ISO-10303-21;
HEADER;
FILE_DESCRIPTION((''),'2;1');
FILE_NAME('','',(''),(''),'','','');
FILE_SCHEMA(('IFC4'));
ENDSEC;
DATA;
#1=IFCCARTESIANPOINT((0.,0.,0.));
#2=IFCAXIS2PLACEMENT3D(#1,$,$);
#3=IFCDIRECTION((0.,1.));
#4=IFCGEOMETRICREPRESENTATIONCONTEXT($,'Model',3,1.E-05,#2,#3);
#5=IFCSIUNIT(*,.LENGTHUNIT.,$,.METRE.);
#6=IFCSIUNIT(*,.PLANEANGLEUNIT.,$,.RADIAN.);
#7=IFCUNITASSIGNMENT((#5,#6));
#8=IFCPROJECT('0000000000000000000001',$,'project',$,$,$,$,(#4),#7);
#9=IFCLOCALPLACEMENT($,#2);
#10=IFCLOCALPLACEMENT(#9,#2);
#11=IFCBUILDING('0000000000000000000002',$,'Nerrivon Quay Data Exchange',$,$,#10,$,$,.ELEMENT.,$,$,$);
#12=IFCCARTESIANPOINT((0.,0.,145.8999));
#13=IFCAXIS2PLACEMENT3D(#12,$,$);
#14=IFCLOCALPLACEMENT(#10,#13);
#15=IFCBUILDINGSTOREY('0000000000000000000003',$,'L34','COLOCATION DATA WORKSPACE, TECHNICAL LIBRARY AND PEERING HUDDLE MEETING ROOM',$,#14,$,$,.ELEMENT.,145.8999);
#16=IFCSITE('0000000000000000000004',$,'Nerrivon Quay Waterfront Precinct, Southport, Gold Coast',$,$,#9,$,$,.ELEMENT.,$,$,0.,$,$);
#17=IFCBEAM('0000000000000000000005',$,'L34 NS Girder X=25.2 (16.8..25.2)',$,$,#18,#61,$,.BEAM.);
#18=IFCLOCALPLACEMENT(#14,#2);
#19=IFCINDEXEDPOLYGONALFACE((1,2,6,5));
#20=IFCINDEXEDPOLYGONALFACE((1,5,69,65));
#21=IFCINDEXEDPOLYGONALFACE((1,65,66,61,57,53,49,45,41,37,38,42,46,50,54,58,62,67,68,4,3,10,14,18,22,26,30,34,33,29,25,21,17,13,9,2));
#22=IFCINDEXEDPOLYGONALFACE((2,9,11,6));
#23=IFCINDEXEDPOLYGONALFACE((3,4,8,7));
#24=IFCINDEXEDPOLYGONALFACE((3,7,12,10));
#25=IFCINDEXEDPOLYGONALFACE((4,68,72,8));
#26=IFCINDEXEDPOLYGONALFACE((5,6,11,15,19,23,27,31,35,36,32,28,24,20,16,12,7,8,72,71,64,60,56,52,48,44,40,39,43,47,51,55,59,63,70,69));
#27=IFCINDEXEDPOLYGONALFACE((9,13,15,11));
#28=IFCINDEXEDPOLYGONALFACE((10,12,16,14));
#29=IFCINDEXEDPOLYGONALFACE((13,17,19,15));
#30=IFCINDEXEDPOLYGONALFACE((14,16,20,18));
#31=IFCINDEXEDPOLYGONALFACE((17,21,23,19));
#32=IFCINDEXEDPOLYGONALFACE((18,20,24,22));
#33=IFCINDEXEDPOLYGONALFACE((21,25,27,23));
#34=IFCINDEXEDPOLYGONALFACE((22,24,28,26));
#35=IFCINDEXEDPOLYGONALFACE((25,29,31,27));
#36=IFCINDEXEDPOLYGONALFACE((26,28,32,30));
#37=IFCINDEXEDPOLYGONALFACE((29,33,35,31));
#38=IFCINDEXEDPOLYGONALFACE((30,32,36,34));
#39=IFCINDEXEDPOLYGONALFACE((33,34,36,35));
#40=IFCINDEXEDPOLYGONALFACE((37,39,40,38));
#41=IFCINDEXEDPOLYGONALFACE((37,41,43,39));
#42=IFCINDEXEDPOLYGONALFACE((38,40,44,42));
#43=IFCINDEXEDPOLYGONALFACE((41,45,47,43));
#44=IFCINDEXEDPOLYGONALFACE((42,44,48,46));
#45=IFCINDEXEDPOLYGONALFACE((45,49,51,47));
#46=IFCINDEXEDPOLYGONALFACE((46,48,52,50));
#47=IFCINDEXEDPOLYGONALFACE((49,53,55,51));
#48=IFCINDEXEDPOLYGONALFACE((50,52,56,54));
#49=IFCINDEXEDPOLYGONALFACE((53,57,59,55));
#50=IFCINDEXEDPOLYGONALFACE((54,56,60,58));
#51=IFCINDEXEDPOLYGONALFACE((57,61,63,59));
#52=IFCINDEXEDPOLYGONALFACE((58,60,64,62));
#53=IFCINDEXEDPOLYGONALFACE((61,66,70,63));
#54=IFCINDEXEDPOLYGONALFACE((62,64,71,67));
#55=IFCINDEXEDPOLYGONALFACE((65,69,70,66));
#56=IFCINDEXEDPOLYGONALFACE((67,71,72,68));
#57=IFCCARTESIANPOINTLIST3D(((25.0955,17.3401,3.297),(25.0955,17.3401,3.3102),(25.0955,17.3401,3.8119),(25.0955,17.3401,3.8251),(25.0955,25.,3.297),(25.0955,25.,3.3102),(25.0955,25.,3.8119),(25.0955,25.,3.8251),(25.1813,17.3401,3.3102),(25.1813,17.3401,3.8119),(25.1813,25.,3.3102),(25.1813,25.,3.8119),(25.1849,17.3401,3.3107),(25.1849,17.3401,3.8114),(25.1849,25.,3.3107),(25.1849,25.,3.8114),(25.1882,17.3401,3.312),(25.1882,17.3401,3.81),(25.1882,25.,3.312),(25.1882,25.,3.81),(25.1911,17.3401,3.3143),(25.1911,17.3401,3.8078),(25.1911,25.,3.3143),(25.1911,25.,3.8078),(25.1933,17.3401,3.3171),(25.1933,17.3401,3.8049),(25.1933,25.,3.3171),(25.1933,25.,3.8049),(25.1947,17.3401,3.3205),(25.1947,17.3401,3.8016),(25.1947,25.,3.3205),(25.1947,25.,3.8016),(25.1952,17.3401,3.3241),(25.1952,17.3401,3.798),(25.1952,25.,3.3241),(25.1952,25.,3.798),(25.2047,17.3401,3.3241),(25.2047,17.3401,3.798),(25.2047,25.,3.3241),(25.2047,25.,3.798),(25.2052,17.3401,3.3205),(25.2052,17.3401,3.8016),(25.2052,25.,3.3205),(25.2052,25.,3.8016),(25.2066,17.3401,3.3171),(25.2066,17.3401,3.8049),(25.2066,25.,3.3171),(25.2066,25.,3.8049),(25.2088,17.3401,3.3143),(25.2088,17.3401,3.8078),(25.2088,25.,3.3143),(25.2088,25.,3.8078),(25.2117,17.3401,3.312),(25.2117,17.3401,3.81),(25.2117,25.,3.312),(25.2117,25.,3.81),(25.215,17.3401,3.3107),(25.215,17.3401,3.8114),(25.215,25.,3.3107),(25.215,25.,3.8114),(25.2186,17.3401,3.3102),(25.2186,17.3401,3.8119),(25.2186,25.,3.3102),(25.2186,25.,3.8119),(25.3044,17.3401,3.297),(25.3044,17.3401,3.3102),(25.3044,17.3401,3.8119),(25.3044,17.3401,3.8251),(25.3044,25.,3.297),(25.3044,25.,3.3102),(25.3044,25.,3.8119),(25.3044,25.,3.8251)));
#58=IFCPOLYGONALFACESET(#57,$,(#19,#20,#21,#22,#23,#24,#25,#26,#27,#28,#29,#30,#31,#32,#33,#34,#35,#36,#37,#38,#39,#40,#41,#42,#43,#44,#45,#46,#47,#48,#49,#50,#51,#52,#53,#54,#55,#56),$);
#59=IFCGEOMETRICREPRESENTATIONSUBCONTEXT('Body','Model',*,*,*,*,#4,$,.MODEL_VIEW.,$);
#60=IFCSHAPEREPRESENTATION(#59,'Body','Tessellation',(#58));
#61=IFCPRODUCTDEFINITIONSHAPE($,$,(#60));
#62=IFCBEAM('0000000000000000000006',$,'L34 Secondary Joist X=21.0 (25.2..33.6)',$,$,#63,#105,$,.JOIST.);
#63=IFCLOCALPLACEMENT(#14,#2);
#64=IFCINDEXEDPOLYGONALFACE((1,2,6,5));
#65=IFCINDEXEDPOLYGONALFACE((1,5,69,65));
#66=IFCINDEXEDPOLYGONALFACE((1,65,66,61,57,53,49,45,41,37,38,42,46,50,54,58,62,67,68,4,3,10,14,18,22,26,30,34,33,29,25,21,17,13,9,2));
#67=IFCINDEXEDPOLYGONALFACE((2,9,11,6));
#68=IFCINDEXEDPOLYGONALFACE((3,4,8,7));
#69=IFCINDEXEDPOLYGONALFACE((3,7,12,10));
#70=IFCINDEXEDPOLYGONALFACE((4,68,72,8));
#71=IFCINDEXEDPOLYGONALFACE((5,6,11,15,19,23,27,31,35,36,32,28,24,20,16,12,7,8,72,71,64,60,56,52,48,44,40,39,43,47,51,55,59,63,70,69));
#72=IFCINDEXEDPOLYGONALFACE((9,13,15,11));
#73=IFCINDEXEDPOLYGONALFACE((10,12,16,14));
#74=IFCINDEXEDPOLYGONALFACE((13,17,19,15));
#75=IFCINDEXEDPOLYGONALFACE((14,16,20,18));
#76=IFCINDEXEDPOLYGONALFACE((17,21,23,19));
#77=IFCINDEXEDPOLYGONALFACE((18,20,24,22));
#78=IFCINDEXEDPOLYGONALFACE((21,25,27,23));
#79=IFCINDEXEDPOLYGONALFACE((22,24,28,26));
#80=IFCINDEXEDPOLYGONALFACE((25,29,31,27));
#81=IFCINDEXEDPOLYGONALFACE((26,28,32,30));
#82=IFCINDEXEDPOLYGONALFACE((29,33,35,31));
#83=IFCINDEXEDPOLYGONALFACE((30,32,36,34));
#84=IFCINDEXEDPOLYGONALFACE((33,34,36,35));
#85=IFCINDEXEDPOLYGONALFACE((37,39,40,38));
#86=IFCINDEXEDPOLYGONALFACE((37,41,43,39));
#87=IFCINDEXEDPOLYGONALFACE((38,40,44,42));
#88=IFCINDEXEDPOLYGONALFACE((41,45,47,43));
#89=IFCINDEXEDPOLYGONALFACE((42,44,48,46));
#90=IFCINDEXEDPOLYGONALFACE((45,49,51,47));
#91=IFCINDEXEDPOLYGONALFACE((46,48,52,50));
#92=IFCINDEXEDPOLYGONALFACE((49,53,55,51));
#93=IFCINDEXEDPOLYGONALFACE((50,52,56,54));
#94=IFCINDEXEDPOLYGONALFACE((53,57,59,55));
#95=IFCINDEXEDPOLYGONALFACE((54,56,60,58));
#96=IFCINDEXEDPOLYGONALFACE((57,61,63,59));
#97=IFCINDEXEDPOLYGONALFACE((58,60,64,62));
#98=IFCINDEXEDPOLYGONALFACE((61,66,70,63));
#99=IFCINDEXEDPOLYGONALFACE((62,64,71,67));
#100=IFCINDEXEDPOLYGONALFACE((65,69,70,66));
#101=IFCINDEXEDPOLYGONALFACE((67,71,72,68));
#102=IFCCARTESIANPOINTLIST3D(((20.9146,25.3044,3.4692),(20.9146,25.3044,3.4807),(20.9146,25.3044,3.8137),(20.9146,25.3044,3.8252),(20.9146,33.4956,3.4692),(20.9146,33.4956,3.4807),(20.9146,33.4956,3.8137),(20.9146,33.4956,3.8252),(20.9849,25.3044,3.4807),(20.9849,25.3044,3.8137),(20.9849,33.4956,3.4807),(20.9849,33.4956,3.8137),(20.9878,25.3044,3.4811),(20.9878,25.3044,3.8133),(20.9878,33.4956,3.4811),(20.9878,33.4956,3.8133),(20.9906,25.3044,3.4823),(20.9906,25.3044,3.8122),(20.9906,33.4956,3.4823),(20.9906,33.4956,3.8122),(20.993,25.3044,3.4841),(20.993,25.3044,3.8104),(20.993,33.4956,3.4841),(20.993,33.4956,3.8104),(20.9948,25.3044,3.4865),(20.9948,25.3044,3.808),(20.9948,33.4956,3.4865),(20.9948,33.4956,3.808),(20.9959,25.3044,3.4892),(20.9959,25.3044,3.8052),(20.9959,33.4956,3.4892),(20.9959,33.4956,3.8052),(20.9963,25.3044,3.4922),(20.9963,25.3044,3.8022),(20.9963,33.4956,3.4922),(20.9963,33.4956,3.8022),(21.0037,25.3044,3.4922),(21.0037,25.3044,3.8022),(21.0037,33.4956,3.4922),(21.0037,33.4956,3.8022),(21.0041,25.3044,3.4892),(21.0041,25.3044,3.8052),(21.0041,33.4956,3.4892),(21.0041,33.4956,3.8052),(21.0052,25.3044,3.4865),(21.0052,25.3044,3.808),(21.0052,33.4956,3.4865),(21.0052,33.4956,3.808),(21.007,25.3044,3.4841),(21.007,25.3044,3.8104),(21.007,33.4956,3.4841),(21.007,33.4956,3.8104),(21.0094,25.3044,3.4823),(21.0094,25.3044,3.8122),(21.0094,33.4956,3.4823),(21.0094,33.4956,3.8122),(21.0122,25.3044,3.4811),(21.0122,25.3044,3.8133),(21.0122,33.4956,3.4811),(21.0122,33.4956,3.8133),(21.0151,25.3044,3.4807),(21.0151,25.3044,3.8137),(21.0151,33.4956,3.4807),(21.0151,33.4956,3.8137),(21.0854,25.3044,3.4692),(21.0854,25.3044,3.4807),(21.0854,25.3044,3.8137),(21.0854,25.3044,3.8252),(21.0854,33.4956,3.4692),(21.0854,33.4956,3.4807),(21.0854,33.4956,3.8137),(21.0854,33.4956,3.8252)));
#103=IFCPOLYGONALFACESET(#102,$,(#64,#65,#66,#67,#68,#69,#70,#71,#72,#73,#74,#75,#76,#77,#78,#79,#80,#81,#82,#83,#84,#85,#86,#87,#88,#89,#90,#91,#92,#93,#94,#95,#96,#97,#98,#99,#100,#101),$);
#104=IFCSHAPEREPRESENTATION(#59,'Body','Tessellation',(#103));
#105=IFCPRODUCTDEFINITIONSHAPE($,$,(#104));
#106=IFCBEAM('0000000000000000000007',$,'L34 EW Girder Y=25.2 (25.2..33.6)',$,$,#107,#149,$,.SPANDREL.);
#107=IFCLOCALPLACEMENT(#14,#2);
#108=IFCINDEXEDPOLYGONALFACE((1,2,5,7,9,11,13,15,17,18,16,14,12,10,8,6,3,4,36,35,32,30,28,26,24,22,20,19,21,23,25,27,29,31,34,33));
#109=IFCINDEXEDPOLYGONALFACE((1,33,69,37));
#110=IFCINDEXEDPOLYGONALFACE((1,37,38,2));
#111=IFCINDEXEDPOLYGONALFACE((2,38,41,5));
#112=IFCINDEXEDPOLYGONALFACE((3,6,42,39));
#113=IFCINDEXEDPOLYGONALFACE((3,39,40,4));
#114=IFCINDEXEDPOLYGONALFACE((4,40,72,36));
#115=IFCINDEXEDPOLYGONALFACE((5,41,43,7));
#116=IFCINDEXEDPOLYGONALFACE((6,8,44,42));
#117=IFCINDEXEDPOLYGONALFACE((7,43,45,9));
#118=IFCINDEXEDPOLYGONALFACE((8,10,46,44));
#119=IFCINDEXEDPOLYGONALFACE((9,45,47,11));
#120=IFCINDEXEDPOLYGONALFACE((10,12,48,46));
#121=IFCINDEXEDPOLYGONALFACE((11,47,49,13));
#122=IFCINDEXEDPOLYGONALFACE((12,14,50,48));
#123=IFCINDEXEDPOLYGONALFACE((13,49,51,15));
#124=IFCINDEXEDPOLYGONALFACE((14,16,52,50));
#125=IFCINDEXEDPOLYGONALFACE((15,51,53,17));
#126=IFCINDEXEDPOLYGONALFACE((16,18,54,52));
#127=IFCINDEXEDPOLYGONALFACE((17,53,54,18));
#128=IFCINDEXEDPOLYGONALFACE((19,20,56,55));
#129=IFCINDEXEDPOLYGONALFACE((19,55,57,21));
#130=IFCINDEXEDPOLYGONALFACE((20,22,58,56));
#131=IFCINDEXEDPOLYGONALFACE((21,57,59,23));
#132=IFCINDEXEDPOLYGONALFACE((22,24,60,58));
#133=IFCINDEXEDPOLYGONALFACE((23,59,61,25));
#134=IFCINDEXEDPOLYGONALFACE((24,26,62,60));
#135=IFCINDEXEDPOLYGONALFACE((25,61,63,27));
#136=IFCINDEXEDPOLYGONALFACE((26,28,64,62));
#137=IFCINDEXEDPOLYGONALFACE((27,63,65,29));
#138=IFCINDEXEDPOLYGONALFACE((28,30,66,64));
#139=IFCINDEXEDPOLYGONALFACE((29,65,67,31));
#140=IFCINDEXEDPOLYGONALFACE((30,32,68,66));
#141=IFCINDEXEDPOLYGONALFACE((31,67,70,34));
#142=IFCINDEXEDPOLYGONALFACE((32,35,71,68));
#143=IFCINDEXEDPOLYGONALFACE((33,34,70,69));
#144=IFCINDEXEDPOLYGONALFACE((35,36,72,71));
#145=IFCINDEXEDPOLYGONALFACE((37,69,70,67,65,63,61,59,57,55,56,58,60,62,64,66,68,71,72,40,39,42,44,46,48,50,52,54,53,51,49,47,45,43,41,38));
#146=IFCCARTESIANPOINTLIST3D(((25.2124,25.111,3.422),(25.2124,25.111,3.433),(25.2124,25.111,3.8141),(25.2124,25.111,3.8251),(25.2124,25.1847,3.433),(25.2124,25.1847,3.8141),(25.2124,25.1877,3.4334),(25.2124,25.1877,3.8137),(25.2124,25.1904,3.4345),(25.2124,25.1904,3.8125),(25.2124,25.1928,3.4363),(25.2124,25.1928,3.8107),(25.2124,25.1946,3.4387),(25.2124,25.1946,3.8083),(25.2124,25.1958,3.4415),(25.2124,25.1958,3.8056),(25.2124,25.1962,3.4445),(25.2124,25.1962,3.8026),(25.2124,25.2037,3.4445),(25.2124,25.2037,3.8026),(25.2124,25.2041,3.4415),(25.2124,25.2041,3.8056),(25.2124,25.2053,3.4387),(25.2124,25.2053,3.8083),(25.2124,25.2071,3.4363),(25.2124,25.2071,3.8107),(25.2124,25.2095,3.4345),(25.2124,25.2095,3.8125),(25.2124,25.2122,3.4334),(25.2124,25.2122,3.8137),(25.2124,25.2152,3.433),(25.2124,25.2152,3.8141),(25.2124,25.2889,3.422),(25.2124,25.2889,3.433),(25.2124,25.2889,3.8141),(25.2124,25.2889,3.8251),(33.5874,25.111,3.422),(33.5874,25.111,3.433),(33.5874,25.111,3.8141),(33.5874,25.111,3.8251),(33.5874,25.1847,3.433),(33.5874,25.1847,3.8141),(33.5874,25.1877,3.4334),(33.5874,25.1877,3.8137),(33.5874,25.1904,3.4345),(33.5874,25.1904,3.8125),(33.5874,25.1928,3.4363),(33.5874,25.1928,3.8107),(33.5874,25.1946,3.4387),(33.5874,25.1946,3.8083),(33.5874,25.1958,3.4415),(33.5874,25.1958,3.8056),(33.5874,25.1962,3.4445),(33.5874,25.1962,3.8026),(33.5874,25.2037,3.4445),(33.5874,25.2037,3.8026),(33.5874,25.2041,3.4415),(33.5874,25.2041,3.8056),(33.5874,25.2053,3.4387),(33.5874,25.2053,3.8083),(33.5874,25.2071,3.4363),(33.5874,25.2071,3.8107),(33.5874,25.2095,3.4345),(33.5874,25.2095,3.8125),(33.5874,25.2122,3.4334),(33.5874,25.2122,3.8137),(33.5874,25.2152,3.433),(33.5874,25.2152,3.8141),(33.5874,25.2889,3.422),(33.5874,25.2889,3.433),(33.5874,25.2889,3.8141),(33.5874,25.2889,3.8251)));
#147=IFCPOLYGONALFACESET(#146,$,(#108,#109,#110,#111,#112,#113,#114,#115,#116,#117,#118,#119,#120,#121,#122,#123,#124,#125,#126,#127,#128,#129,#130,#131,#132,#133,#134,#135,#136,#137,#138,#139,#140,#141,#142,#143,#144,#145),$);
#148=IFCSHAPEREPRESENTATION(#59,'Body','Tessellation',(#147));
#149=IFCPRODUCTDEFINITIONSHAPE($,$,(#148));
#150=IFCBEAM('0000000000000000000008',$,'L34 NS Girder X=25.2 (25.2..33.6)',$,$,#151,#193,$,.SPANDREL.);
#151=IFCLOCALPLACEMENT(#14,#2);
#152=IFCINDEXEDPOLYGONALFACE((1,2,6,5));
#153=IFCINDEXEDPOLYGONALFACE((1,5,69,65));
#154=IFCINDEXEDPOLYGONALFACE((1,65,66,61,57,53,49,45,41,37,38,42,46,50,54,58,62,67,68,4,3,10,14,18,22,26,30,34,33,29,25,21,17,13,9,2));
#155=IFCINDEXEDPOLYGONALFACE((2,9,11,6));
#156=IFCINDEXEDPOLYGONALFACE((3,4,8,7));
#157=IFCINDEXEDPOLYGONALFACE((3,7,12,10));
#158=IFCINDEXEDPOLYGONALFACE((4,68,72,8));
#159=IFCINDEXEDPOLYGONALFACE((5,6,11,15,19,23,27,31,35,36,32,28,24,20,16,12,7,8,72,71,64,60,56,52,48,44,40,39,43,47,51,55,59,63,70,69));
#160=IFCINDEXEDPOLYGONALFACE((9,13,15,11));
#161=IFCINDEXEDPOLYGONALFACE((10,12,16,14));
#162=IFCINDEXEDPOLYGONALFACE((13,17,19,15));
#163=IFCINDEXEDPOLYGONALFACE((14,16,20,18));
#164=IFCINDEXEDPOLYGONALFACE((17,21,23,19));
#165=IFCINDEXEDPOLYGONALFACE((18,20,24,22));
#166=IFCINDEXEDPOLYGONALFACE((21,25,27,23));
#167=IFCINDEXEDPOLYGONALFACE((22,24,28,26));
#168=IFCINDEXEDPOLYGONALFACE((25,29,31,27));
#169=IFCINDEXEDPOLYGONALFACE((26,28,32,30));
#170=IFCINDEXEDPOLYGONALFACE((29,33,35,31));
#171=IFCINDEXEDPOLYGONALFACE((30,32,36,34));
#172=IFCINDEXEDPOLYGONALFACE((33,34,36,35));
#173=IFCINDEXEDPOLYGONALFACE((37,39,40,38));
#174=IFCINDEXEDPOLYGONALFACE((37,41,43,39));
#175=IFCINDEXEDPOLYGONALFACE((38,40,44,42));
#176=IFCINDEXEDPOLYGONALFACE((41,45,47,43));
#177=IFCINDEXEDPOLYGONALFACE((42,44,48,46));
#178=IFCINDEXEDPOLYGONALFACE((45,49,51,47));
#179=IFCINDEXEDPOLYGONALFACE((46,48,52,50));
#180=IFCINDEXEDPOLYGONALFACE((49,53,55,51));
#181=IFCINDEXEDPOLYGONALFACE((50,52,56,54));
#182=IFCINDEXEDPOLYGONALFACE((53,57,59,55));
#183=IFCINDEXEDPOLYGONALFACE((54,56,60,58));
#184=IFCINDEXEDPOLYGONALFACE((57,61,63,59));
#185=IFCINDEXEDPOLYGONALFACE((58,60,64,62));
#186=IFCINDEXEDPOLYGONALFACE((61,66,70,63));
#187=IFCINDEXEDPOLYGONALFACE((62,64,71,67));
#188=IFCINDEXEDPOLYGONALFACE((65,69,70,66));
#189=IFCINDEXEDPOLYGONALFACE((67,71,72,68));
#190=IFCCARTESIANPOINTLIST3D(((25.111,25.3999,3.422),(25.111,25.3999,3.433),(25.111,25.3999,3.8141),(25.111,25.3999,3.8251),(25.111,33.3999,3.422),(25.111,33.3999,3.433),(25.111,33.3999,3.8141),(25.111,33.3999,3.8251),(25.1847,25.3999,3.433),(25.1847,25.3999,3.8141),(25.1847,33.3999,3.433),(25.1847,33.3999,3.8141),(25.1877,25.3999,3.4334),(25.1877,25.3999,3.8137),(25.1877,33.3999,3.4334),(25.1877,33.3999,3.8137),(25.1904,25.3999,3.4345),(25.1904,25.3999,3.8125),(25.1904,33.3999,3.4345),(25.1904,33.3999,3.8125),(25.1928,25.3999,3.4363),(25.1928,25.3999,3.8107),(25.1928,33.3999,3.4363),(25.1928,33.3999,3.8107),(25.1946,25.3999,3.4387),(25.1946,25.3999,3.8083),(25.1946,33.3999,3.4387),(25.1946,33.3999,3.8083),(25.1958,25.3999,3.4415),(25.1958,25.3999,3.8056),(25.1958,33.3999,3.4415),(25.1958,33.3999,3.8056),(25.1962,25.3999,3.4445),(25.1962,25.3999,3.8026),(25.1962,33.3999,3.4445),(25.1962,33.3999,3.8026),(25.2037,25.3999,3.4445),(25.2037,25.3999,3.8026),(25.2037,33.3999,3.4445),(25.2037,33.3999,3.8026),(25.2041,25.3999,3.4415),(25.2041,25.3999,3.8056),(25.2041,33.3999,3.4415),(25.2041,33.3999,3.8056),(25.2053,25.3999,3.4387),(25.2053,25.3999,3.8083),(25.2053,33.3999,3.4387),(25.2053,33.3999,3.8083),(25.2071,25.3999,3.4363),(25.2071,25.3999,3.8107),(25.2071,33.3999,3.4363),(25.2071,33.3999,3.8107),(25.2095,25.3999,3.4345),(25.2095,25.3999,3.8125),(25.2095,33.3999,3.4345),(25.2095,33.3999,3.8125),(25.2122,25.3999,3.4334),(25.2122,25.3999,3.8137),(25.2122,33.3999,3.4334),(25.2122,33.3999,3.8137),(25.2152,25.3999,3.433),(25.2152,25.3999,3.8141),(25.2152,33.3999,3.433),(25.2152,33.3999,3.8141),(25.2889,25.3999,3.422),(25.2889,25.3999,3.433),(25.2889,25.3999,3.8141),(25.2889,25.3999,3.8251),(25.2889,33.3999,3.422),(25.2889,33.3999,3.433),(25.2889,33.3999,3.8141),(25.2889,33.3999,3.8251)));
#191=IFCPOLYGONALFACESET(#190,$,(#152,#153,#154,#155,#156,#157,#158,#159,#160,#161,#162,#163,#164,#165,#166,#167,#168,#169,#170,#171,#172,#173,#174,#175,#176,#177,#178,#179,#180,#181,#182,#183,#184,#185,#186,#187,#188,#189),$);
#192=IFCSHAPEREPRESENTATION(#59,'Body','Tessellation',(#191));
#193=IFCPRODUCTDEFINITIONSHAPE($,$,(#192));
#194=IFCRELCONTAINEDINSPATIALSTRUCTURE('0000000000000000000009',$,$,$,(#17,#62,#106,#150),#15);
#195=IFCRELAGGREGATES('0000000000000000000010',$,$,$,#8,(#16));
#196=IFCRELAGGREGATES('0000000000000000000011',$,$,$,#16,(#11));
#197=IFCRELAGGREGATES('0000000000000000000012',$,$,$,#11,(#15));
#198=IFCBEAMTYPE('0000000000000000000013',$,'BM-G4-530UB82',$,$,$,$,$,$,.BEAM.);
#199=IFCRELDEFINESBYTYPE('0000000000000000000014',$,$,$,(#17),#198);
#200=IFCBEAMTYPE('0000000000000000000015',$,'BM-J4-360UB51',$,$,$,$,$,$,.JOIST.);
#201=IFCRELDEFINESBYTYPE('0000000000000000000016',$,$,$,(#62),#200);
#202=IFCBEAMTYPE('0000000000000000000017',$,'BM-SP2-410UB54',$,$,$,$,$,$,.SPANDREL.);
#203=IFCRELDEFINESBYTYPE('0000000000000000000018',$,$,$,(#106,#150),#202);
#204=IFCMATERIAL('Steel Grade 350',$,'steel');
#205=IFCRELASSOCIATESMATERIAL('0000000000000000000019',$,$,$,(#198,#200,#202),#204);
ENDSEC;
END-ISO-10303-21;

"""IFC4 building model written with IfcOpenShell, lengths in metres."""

from ifc_helpers import new_model, si_unit, direction, frame, origin, origin_2d, place, context, subcontext, project, spatial, i_section, extrude, material, material_profile, profile_set, type_object, element, save


model = new_model("IFC4")

# Units and contexts
model_context = context("Model", 3, precision=1e-05, world=origin(), true_north=direction((0.0, 1.0)))
body_context = subcontext(model_context, "Body", "Model", "MODEL_VIEW")
ifc_project = project(units=[si_unit("LENGTHUNIT", "METRE"), si_unit("PLANEANGLEUNIT", "RADIAN")], contexts=[model_context])

# Site, building, storey
site_placement = place(None, origin())
site = spatial("IfcSite", under=ifc_project, at=site_placement, Name="Nerrivon Quay Waterfront Precinct, Southport, Gold Coast", CompositionType="ELEMENT", RefElevation=0.0)
building_placement = place(site_placement, origin())
building = spatial("IfcBuilding", under=site, at=building_placement, Name="Nerrivon Quay Data Exchange", CompositionType="ELEMENT")
storey_placement = place(building_placement, frame((0.0, 0.0, 145.8999)))
storey = spatial("IfcBuildingStorey", under=building, at=storey_placement, Name="L34", Description="COLOCATION DATA WORKSPACE, TECHNICAL LIBRARY AND PEERING HUDDLE MEETING ROOM", CompositionType="ELEMENT", Elevation=145.8999)

# Shared definitions
ifc_material_1 = material(Name="Steel Grade 350", Category="steel")

# Beams
ifc_material_profile_1 = material_profile(ifc_material_1, i_section(OverallWidth=0.209, OverallDepth=0.5281, WebThickness=0.0095, FlangeThickness=0.0132, FilletRadius=0.0139, at=origin_2d()), Name="530UB82.0")
ifc_profile_set_1 = profile_set([ifc_material_profile_1], Name="Steel Grade 350")
beam_type_1 = type_object("IfcBeamType", Name="BM-G4-530UB82", PredefinedType="BEAM", material=ifc_profile_set_1)
beam_1_placement = place(storey_placement, frame((25.2, 17.3401, 3.561), z_axis=(0.0, 1.0, 0.0), x_axis=(-1.0, 0.0, 0.0)))
element("IfcBeam", 1, at=beam_1_placement, inside=storey, type_object=beam_type_1, Name="L34 NS Girder X=25.2 (16.8..25.2)", PredefinedType="BEAM", context=body_context, shape_type="SweptSolid", body=[
    extrude(i_section(OverallWidth=0.209, OverallDepth=0.5281, WebThickness=0.0095, FlangeThickness=0.0132, FilletRadius=0.0139, at=origin_2d()), origin(), (0.0, 0.0, 1.0), 7.6599),
])
ifc_material_profile_2 = material_profile(ifc_material_1, i_section(OverallWidth=0.1709, OverallDepth=0.356, WebThickness=0.0073, FlangeThickness=0.0115, FilletRadius=0.0115, at=origin_2d()), Name="360UB50.7")
ifc_profile_set_2 = profile_set([ifc_material_profile_2], Name="Steel Grade 350")
beam_type_2 = type_object("IfcBeamType", Name="BM-J4-360UB51", PredefinedType="JOIST", material=ifc_profile_set_2)
beam_2_placement = place(storey_placement, frame((21.0, 25.3044, 3.6472), z_axis=(0.0, 1.0, 0.0), x_axis=(-1.0, 0.0, 0.0)))
element("IfcBeam", 2, at=beam_2_placement, inside=storey, type_object=beam_type_2, Name="L34 Secondary Joist X=21.0 (25.2..33.6)", PredefinedType="JOIST", context=body_context, shape_type="SweptSolid", body=[
    extrude(i_section(OverallWidth=0.1709, OverallDepth=0.356, WebThickness=0.0073, FlangeThickness=0.0115, FilletRadius=0.0115, at=origin_2d()), origin(), (0.0, 0.0, 1.0), 8.1912),
])
ifc_material_profile_3 = material_profile(ifc_material_1, i_section(OverallWidth=0.178, OverallDepth=0.4031, WebThickness=0.0076, FlangeThickness=0.011, FilletRadius=0.0115, at=origin_2d()), Name="410UB53.7")
ifc_profile_set_3 = profile_set([ifc_material_profile_3], Name="Steel Grade 350")
beam_type_3 = type_object("IfcBeamType", Name="BM-SP2-410UB54", PredefinedType="SPANDREL", material=ifc_profile_set_3)
beam_3_placement = place(storey_placement, frame((25.2124, 25.2, 3.6235), z_axis=(1.0, 0.0, 0.0), x_axis=(0.0, 1.0, 0.0)))
element("IfcBeam", 3, at=beam_3_placement, inside=storey, type_object=beam_type_3, Name="L34 EW Girder Y=25.2 (25.2..33.6)", PredefinedType="SPANDREL", context=body_context, shape_type="SweptSolid", body=[
    extrude(i_section(OverallWidth=0.178, OverallDepth=0.4031, WebThickness=0.0076, FlangeThickness=0.011, FilletRadius=0.0115, at=origin_2d()), origin(), (0.0, 0.0, 1.0), 8.375),
])
beam_4_placement = place(storey_placement, frame((25.2, 25.3999, 3.6235), z_axis=(0.0, 1.0, 0.0), x_axis=(-1.0, 0.0, 0.0)))
element("IfcBeam", 4, at=beam_4_placement, inside=storey, type_object=beam_type_3, Name="L34 NS Girder X=25.2 (25.2..33.6)", PredefinedType="SPANDREL", context=body_context, shape_type="SweptSolid", body=[
    extrude(i_section(OverallWidth=0.178, OverallDepth=0.4031, WebThickness=0.0076, FlangeThickness=0.011, FilletRadius=0.0115, at=origin_2d()), origin(), (0.0, 0.0, 1.0), 8.0),
])

save(model, "model.ifc")
